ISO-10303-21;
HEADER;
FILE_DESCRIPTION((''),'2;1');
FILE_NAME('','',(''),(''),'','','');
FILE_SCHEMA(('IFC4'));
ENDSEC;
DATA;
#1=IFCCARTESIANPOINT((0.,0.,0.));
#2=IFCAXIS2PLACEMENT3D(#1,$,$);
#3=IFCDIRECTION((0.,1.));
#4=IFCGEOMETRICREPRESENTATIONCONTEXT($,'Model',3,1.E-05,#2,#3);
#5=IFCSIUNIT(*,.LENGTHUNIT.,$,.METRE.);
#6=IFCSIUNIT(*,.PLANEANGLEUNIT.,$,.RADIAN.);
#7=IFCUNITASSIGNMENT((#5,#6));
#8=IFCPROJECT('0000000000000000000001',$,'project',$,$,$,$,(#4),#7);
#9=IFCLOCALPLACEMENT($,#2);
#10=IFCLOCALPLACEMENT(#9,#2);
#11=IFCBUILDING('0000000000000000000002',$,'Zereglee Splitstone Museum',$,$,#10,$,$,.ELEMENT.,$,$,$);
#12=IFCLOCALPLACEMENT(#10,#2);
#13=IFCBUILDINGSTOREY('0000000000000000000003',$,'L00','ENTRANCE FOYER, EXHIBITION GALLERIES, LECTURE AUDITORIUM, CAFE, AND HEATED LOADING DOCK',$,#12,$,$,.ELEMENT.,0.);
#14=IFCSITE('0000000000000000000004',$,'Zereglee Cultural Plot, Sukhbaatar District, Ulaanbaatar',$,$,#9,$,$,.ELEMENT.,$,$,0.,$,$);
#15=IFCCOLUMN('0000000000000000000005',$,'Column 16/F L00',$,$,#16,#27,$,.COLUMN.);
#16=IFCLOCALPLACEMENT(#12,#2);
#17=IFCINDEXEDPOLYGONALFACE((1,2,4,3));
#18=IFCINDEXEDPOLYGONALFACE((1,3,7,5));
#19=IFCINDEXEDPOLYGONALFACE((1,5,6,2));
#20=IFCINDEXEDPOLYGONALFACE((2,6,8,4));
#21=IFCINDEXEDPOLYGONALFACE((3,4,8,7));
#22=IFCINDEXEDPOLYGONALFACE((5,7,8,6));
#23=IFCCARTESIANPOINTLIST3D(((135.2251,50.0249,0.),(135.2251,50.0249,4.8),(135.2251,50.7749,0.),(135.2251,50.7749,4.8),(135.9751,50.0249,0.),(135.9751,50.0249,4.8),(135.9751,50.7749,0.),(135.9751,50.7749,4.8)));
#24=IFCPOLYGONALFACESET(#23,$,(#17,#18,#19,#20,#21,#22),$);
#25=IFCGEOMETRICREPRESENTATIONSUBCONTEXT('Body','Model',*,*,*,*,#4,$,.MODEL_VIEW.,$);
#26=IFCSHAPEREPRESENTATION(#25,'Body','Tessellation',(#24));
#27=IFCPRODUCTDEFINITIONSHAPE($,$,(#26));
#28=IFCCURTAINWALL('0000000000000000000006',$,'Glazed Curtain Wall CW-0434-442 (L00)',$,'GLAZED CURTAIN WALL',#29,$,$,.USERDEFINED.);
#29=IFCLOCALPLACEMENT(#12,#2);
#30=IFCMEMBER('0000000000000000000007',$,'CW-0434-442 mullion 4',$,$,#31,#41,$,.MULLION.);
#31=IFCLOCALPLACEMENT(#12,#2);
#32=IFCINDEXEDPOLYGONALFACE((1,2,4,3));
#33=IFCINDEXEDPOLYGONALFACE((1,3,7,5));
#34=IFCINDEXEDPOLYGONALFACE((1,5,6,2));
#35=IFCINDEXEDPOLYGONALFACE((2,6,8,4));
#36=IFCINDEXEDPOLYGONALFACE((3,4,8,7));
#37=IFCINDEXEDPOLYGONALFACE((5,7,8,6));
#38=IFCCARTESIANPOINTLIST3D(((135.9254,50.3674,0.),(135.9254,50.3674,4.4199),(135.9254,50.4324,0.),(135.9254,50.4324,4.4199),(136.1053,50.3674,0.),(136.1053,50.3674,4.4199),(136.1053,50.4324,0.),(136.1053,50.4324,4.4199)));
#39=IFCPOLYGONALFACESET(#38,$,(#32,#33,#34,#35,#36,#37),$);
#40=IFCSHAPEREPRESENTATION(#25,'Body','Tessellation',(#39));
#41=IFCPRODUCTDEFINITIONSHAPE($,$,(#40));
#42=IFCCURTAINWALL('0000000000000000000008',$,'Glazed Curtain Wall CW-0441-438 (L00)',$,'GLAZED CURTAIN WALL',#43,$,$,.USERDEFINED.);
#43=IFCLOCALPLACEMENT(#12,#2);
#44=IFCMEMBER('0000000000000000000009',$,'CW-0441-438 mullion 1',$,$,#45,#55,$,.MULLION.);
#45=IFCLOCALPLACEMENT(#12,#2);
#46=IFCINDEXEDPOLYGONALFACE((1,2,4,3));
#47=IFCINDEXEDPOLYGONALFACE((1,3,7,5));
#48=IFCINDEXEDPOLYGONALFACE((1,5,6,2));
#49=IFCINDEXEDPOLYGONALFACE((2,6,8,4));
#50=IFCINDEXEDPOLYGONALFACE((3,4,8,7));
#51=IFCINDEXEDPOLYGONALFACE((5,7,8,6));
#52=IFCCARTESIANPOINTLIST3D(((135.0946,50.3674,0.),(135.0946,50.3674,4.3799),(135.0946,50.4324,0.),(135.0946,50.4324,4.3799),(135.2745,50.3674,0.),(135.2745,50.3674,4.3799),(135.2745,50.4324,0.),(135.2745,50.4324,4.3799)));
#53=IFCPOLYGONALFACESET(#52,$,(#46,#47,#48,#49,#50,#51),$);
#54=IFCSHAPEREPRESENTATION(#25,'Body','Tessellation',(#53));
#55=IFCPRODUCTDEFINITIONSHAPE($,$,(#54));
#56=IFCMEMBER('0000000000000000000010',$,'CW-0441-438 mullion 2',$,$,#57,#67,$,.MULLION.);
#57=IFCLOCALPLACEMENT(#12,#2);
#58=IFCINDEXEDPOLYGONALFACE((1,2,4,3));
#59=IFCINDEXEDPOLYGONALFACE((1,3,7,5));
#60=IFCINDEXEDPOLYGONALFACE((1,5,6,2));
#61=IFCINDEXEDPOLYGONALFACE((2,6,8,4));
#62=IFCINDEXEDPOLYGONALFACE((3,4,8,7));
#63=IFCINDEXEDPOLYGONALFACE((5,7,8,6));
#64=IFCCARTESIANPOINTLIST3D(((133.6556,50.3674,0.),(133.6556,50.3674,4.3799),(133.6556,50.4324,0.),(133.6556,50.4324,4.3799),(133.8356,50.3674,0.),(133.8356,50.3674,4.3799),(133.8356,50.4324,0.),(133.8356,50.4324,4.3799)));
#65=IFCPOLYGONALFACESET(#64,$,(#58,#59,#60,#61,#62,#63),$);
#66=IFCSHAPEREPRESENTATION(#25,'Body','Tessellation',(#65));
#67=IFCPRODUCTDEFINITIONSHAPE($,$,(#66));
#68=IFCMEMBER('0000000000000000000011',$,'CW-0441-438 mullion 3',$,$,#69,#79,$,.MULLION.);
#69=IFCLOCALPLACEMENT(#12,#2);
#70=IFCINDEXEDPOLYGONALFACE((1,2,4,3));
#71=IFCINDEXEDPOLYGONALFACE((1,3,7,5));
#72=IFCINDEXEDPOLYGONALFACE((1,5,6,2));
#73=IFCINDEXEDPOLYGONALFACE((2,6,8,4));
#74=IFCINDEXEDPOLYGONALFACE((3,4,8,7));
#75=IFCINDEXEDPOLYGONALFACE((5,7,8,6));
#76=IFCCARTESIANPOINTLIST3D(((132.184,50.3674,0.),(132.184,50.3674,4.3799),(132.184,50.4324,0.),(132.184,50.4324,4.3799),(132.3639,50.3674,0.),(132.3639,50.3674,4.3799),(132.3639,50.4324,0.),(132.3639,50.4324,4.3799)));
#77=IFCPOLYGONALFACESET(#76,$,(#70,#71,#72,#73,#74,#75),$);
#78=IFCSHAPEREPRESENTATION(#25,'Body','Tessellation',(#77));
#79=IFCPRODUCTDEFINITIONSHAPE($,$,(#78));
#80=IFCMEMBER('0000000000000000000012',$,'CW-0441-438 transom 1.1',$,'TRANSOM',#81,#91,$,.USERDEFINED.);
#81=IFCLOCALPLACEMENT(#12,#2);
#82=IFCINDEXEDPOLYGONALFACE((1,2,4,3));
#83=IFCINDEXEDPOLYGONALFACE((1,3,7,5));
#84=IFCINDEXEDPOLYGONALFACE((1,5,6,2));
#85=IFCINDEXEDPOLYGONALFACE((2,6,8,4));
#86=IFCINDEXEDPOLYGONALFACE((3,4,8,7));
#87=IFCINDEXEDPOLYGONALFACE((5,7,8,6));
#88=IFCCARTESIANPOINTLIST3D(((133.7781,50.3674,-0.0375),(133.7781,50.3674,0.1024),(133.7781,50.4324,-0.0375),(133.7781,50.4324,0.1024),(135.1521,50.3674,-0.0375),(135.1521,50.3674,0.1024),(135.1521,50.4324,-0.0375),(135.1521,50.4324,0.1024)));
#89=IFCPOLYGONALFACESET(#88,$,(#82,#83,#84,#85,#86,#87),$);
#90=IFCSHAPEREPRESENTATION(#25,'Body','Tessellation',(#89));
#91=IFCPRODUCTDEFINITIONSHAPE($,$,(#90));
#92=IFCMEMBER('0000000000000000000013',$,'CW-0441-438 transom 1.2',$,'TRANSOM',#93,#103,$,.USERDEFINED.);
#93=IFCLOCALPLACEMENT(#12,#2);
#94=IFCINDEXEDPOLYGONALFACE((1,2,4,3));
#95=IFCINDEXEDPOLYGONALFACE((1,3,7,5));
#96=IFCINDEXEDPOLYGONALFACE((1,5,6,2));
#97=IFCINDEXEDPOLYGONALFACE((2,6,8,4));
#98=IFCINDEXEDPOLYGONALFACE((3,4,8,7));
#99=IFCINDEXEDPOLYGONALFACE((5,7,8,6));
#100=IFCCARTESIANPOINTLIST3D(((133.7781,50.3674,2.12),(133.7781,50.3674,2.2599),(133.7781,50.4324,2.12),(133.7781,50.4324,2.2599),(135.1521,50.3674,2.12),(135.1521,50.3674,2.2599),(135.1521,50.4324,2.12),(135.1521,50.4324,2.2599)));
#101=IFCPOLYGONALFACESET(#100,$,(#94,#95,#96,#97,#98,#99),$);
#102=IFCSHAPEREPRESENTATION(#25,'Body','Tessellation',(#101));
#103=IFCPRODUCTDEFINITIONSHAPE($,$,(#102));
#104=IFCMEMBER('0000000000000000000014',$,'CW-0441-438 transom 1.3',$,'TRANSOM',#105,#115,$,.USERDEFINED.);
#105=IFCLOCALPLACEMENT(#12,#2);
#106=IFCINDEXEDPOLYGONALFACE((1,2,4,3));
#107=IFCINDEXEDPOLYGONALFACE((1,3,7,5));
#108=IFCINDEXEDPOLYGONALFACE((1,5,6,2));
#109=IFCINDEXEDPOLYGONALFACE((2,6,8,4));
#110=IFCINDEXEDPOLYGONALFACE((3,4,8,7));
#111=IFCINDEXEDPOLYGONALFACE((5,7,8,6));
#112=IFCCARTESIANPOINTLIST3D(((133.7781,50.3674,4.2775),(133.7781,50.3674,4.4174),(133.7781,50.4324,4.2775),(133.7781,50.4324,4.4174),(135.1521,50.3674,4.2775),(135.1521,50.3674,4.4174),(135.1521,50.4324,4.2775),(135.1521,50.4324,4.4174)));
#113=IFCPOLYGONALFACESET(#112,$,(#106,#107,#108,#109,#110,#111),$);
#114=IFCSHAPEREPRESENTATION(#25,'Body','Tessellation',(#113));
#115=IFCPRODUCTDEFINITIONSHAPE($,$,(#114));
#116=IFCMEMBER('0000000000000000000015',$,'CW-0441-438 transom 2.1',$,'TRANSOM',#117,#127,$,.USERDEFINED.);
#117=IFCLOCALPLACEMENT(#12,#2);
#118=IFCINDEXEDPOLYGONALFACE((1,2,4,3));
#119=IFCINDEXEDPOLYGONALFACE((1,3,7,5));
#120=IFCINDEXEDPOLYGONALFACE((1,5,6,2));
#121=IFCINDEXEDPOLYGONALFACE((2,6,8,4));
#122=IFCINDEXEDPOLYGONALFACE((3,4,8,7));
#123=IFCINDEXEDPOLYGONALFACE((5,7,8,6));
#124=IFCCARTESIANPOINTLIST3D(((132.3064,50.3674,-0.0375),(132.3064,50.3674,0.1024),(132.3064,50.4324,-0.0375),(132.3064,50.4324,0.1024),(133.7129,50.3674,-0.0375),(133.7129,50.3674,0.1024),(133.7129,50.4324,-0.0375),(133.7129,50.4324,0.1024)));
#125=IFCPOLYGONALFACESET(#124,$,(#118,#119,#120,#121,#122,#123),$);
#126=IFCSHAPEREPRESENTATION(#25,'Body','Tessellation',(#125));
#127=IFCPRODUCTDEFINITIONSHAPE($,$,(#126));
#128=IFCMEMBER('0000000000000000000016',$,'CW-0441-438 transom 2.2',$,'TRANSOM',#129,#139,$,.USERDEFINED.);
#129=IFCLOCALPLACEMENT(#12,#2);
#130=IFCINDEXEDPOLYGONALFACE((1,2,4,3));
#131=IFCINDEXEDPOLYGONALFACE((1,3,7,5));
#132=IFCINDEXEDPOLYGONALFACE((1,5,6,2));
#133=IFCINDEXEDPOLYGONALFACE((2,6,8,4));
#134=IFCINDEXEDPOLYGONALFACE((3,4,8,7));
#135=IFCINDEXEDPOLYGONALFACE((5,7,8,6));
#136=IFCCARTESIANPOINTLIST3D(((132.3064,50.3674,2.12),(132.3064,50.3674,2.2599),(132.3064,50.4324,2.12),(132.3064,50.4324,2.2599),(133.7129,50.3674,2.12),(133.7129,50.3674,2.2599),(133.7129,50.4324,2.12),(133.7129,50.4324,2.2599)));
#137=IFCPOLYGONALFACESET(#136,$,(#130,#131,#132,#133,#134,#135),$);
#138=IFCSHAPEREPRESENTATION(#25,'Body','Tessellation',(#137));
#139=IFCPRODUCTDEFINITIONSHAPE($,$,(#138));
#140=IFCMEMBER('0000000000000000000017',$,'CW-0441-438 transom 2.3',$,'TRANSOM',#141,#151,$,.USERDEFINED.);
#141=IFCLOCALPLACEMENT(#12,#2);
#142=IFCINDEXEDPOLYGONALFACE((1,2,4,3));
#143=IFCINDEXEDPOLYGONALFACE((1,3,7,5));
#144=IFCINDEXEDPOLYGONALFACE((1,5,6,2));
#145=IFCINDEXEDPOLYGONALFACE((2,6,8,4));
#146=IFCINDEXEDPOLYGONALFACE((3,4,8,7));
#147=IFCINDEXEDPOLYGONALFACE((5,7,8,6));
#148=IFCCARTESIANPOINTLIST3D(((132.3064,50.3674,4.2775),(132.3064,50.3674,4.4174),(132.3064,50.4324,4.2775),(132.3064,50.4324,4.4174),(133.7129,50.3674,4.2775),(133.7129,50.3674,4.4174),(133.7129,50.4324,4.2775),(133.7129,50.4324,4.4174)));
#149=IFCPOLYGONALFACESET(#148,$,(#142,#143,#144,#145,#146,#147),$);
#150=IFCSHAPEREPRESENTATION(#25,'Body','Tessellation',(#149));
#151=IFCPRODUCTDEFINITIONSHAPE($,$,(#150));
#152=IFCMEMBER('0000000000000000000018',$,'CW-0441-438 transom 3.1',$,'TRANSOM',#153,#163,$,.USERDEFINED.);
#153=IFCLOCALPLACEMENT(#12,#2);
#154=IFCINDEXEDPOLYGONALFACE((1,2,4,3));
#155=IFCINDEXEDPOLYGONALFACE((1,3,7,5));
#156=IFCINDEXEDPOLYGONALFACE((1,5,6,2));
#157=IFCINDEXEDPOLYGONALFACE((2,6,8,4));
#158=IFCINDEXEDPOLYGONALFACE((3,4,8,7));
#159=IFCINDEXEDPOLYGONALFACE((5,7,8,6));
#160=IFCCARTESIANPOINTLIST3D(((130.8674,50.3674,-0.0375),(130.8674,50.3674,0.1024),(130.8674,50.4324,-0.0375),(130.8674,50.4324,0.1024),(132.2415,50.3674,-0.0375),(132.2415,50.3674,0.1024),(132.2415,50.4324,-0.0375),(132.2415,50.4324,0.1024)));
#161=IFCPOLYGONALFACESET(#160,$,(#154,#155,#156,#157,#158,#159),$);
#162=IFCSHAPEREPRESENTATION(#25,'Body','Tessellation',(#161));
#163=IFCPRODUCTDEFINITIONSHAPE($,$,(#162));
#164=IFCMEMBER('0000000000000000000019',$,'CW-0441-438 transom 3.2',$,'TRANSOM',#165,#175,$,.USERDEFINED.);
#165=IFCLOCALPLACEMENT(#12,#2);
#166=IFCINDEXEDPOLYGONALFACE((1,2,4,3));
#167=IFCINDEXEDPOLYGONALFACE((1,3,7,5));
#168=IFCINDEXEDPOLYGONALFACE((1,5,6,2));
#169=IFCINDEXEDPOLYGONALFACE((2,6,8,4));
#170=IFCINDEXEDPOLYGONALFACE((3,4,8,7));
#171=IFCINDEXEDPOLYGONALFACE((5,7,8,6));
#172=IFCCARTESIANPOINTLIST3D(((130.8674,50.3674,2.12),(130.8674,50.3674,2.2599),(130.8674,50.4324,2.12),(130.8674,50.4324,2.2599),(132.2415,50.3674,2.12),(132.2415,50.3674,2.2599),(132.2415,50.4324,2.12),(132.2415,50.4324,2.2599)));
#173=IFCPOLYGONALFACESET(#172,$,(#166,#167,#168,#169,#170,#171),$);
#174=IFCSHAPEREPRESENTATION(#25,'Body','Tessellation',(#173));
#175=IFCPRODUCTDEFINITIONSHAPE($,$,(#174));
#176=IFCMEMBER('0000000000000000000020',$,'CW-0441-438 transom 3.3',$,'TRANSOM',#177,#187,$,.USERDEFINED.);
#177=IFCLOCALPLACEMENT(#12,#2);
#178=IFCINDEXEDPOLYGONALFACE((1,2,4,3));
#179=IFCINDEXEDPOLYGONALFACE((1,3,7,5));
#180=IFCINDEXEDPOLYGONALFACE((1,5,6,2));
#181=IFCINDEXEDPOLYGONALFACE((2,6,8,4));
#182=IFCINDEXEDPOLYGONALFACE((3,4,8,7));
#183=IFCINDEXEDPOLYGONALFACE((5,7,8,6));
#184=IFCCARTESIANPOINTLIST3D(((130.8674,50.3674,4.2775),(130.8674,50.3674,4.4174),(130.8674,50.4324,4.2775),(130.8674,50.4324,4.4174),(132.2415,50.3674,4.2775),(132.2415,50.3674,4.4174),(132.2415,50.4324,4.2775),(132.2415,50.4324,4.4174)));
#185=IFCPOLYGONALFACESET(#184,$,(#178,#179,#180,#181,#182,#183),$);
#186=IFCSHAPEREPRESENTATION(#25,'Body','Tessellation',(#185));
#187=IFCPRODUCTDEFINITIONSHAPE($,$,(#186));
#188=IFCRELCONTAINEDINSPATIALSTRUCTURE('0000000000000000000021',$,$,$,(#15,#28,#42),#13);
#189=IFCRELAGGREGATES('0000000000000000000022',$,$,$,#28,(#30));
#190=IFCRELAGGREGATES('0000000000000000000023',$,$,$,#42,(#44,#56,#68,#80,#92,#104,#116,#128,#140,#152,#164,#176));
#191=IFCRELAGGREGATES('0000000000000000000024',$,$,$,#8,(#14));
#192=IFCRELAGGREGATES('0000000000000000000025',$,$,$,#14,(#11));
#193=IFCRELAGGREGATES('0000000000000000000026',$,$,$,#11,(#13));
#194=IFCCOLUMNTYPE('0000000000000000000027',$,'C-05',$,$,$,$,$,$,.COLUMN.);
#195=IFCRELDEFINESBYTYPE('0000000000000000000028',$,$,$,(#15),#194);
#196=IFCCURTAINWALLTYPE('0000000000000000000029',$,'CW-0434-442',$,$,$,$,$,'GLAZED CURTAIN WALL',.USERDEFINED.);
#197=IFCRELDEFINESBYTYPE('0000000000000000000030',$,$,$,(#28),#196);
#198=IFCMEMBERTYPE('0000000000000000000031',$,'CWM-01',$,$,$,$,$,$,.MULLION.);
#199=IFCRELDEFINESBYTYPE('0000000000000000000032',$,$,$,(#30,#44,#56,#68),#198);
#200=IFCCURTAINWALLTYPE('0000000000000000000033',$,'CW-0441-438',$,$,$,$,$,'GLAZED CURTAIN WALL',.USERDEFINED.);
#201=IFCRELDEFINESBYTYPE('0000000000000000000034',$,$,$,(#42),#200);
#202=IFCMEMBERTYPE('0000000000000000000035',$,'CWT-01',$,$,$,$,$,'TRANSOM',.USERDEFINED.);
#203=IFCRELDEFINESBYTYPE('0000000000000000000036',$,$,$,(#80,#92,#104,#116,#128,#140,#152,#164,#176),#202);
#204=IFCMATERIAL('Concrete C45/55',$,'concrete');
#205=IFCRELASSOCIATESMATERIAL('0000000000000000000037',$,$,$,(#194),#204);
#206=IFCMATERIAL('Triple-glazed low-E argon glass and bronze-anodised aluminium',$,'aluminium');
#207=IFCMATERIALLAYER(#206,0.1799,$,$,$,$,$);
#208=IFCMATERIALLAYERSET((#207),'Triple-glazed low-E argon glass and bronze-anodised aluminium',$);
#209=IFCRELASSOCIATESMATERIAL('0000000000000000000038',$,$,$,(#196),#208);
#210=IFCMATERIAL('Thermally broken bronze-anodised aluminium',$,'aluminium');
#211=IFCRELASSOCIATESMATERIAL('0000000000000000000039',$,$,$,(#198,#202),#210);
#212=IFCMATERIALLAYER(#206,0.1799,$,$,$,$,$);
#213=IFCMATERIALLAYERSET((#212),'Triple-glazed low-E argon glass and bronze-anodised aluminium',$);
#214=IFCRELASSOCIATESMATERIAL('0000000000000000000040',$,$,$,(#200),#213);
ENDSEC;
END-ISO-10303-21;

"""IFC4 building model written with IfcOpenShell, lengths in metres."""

from ifc_helpers import new_model, si_unit, direction, frame, origin, origin_2d, place, context, subcontext, project, spatial, rectangle, extrude, material, layer, layer_set, material_profile, profile_set, type_object, element, aggregate, save


model = new_model("IFC4")

# Units and contexts
model_context = context("Model", 3, precision=1e-05, world=origin(), true_north=direction((0.0, 1.0)))
body_context = subcontext(model_context, "Body", "Model", "MODEL_VIEW")
ifc_project = project(units=[si_unit("LENGTHUNIT", "METRE"), si_unit("PLANEANGLEUNIT", "RADIAN")], contexts=[model_context])

# Site, building, storey
site_placement = place(None, origin())
site = spatial("IfcSite", under=ifc_project, at=site_placement, Name="Zereglee Cultural Plot, Sukhbaatar District, Ulaanbaatar", CompositionType="ELEMENT", RefElevation=0.0)
building_placement = place(site_placement, origin())
building = spatial("IfcBuilding", under=site, at=building_placement, Name="Zereglee Splitstone Museum", CompositionType="ELEMENT")
storey_placement = place(building_placement, origin())
storey = spatial("IfcBuildingStorey", under=building, at=storey_placement, Name="L00", Description="ENTRANCE FOYER, EXHIBITION GALLERIES, LECTURE AUDITORIUM, CAFE, AND HEATED LOADING DOCK", CompositionType="ELEMENT", Elevation=0.0)

# Column
ifc_material_1 = material(Name="Concrete C45/55", Category="concrete")
ifc_material_profile_1 = material_profile(ifc_material_1, rectangle(XDim=0.75, YDim=0.75, at=origin_2d()), Name="RC 750x750")
ifc_profile_set_1 = profile_set([ifc_material_profile_1], Name="Concrete C45/55")
column_type = type_object("IfcColumnType", Name="C-05", PredefinedType="COLUMN", material=ifc_profile_set_1)
column_placement = place(storey_placement, frame((135.6001, 50.3999, 0.0), z_axis=(0.0, 0.0, 1.0), x_axis=(1.0, 0.0, 0.0)))
element("IfcColumn", 1, at=column_placement, inside=storey, type_object=column_type, Name="Column 16/F L00", PredefinedType="COLUMN", context=body_context, shape_type="SweptSolid", body=[
    extrude(rectangle(XDim=0.75, YDim=0.75, at=origin_2d()), origin(), (0.0, 0.0, 1.0), 4.8),
])

# Curtain wall, member
ifc_material_2 = material(Name="Triple-glazed low-E argon glass and bronze-anodised aluminium", Category="aluminium")
ifc_layer_1 = layer(ifc_material_2, 0.1799)
ifc_layer_set_1 = layer_set([ifc_layer_1], Name="Triple-glazed low-E argon glass and bronze-anodised aluminium")
curtain_wall_type_1 = type_object("IfcCurtainWallType", Name="CW-0434-442", ElementType="GLAZED CURTAIN WALL", PredefinedType="USERDEFINED", material=ifc_layer_set_1)
curtain_wall_1_placement = place(storey_placement, origin())
curtain_wall_1 = element("IfcCurtainWall", 2, at=curtain_wall_1_placement, inside=storey, type_object=curtain_wall_type_1, Name="Glazed Curtain Wall CW-0434-442 (L00)", ObjectType="GLAZED CURTAIN WALL", PredefinedType="USERDEFINED")
ifc_material_3 = material(Name="Thermally broken bronze-anodised aluminium", Category="aluminium")
ifc_material_profile_2 = material_profile(ifc_material_3, rectangle(XDim=0.0649, YDim=0.1799, at=origin_2d()), Name="CW MULL 65x180")
ifc_profile_set_2 = profile_set([ifc_material_profile_2], Name="Thermally broken bronze-anodised aluminium")
member_type_1 = type_object("IfcMemberType", Name="CWM-01", PredefinedType="MULLION", material=ifc_profile_set_2)
member_1_placement = place(storey_placement, frame((136.0154, 50.3999, 0.0), z_axis=(0.0, 0.0, 1.0), x_axis=(0.0, -1.0, 0.0)))
member_1 = element("IfcMember", 3, at=member_1_placement, type_object=member_type_1, Name="CW-0434-442 mullion 4", PredefinedType="MULLION", context=body_context, shape_type="SweptSolid", body=[
    extrude(rectangle(XDim=0.0649, YDim=0.1799, at=origin_2d()), origin(), (0.0, 0.0, 1.0), 4.4199),
])
aggregate(curtain_wall_1, [member_1])

# Curtain wall, members
ifc_layer_2 = layer(ifc_material_2, 0.1799)
ifc_layer_set_2 = layer_set([ifc_layer_2], Name="Triple-glazed low-E argon glass and bronze-anodised aluminium")
curtain_wall_type_2 = type_object("IfcCurtainWallType", Name="CW-0441-438", ElementType="GLAZED CURTAIN WALL", PredefinedType="USERDEFINED", material=ifc_layer_set_2)
curtain_wall_2_placement = place(storey_placement, origin())
curtain_wall_2 = element("IfcCurtainWall", 4, at=curtain_wall_2_placement, inside=storey, type_object=curtain_wall_type_2, Name="Glazed Curtain Wall CW-0441-438 (L00)", ObjectType="GLAZED CURTAIN WALL", PredefinedType="USERDEFINED")
member_2_placement = place(storey_placement, frame((135.1846, 50.3999, 0.0), z_axis=(0.0, 0.0, 1.0), x_axis=(0.0, -1.0, 0.0)))
member_2 = element("IfcMember", 5, at=member_2_placement, type_object=member_type_1, Name="CW-0441-438 mullion 1", PredefinedType="MULLION", context=body_context, shape_type="SweptSolid", body=[
    extrude(rectangle(XDim=0.0649, YDim=0.1799, at=origin_2d()), origin(), (0.0, 0.0, 1.0), 4.3799),
])
member_3_placement = place(storey_placement, frame((133.7456, 50.3999, 0.0), z_axis=(0.0, 0.0, 1.0), x_axis=(0.0, -1.0, 0.0)))
member_3 = element("IfcMember", 6, at=member_3_placement, type_object=member_type_1, Name="CW-0441-438 mullion 2", PredefinedType="MULLION", context=body_context, shape_type="SweptSolid", body=[
    extrude(rectangle(XDim=0.0649, YDim=0.1799, at=origin_2d()), origin(), (0.0, 0.0, 1.0), 4.3799),
])
member_4_placement = place(storey_placement, frame((132.2739, 50.3999, 0.0), z_axis=(0.0, 0.0, 1.0), x_axis=(0.0, -1.0, 0.0)))
member_4 = element("IfcMember", 7, at=member_4_placement, type_object=member_type_1, Name="CW-0441-438 mullion 3", PredefinedType="MULLION", context=body_context, shape_type="SweptSolid", body=[
    extrude(rectangle(XDim=0.0649, YDim=0.1799, at=origin_2d()), origin(), (0.0, 0.0, 1.0), 4.3799),
])
ifc_material_profile_3 = material_profile(ifc_material_3, rectangle(XDim=0.0649, YDim=0.1399, at=origin_2d()), Name="CW TRAN 65x140")
ifc_profile_set_3 = profile_set([ifc_material_profile_3], Name="Thermally broken bronze-anodised aluminium")
member_type_2 = type_object("IfcMemberType", Name="CWT-01", ElementType="TRANSOM", PredefinedType="USERDEFINED", material=ifc_profile_set_3)
member_5_placement = place(storey_placement, frame((135.1521, 50.3999, 0.0325), z_axis=(-1.0, 0.0, 0.0), x_axis=(0.0, -1.0, 0.0)))
member_5 = element("IfcMember", 8, at=member_5_placement, type_object=member_type_2, Name="CW-0441-438 transom 1.1", ObjectType="TRANSOM", PredefinedType="USERDEFINED", context=body_context, shape_type="SweptSolid", body=[
    extrude(rectangle(XDim=0.0649, YDim=0.1399, at=origin_2d()), origin(), (0.0, 0.0, 1.0), 1.374),
])
member_6_placement = place(storey_placement, frame((135.1521, 50.3999, 2.1899), z_axis=(-1.0, 0.0, 0.0), x_axis=(0.0, -1.0, 0.0)))
member_6 = element("IfcMember", 9, at=member_6_placement, type_object=member_type_2, Name="CW-0441-438 transom 1.2", ObjectType="TRANSOM", PredefinedType="USERDEFINED", context=body_context, shape_type="SweptSolid", body=[
    extrude(rectangle(XDim=0.0649, YDim=0.1399, at=origin_2d()), origin(), (0.0, 0.0, 1.0), 1.374),
])
member_7_placement = place(storey_placement, frame((135.1521, 50.3999, 4.3474), z_axis=(-1.0, 0.0, 0.0), x_axis=(0.0, -1.0, 0.0)))
member_7 = element("IfcMember", 10, at=member_7_placement, type_object=member_type_2, Name="CW-0441-438 transom 1.3", ObjectType="TRANSOM", PredefinedType="USERDEFINED", context=body_context, shape_type="SweptSolid", body=[
    extrude(rectangle(XDim=0.0649, YDim=0.1399, at=origin_2d()), origin(), (0.0, 0.0, 1.0), 1.374),
])
member_8_placement = place(storey_placement, frame((133.7129, 50.3999, 0.0325), z_axis=(-1.0, 0.0, 0.0), x_axis=(0.0, -1.0, 0.0)))
member_8 = element("IfcMember", 11, at=member_8_placement, type_object=member_type_2, Name="CW-0441-438 transom 2.1", ObjectType="TRANSOM", PredefinedType="USERDEFINED", context=body_context, shape_type="SweptSolid", body=[
    extrude(rectangle(XDim=0.0649, YDim=0.1399, at=origin_2d()), origin(), (0.0, 0.0, 1.0), 1.4065),
])
member_9_placement = place(storey_placement, frame((133.7129, 50.3999, 2.1899), z_axis=(-1.0, 0.0, 0.0), x_axis=(0.0, -1.0, 0.0)))
member_9 = element("IfcMember", 12, at=member_9_placement, type_object=member_type_2, Name="CW-0441-438 transom 2.2", ObjectType="TRANSOM", PredefinedType="USERDEFINED", context=body_context, shape_type="SweptSolid", body=[
    extrude(rectangle(XDim=0.0649, YDim=0.1399, at=origin_2d()), origin(), (0.0, 0.0, 1.0), 1.4065),
])
member_10_placement = place(storey_placement, frame((133.7129, 50.3999, 4.3474), z_axis=(-1.0, 0.0, 0.0), x_axis=(0.0, -1.0, 0.0)))
member_10 = element("IfcMember", 13, at=member_10_placement, type_object=member_type_2, Name="CW-0441-438 transom 2.3", ObjectType="TRANSOM", PredefinedType="USERDEFINED", context=body_context, shape_type="SweptSolid", body=[
    extrude(rectangle(XDim=0.0649, YDim=0.1399, at=origin_2d()), origin(), (0.0, 0.0, 1.0), 1.4065),
])
member_11_placement = place(storey_placement, frame((132.2415, 50.3999, 0.0325), z_axis=(-1.0, 0.0, 0.0), x_axis=(0.0, -1.0, 0.0)))
member_11 = element("IfcMember", 14, at=member_11_placement, type_object=member_type_2, Name="CW-0441-438 transom 3.1", ObjectType="TRANSOM", PredefinedType="USERDEFINED", context=body_context, shape_type="SweptSolid", body=[
    extrude(rectangle(XDim=0.0649, YDim=0.1399, at=origin_2d()), origin(), (0.0, 0.0, 1.0), 1.374),
])
member_12_placement = place(storey_placement, frame((132.2415, 50.3999, 2.1899), z_axis=(-1.0, 0.0, 0.0), x_axis=(0.0, -1.0, 0.0)))
member_12 = element("IfcMember", 15, at=member_12_placement, type_object=member_type_2, Name="CW-0441-438 transom 3.2", ObjectType="TRANSOM", PredefinedType="USERDEFINED", context=body_context, shape_type="SweptSolid", body=[
    extrude(rectangle(XDim=0.0649, YDim=0.1399, at=origin_2d()), origin(), (0.0, 0.0, 1.0), 1.374),
])
member_13_placement = place(storey_placement, frame((132.2415, 50.3999, 4.3474), z_axis=(-1.0, 0.0, 0.0), x_axis=(0.0, -1.0, 0.0)))
member_13 = element("IfcMember", 16, at=member_13_placement, type_object=member_type_2, Name="CW-0441-438 transom 3.3", ObjectType="TRANSOM", PredefinedType="USERDEFINED", context=body_context, shape_type="SweptSolid", body=[
    extrude(rectangle(XDim=0.0649, YDim=0.1399, at=origin_2d()), origin(), (0.0, 0.0, 1.0), 1.374),
])

aggregate(curtain_wall_2, [member_2, member_3, member_4, member_5, member_6, member_7, member_8, member_9, member_10, member_11, member_12, member_13])

save(model, "model.ifc")
